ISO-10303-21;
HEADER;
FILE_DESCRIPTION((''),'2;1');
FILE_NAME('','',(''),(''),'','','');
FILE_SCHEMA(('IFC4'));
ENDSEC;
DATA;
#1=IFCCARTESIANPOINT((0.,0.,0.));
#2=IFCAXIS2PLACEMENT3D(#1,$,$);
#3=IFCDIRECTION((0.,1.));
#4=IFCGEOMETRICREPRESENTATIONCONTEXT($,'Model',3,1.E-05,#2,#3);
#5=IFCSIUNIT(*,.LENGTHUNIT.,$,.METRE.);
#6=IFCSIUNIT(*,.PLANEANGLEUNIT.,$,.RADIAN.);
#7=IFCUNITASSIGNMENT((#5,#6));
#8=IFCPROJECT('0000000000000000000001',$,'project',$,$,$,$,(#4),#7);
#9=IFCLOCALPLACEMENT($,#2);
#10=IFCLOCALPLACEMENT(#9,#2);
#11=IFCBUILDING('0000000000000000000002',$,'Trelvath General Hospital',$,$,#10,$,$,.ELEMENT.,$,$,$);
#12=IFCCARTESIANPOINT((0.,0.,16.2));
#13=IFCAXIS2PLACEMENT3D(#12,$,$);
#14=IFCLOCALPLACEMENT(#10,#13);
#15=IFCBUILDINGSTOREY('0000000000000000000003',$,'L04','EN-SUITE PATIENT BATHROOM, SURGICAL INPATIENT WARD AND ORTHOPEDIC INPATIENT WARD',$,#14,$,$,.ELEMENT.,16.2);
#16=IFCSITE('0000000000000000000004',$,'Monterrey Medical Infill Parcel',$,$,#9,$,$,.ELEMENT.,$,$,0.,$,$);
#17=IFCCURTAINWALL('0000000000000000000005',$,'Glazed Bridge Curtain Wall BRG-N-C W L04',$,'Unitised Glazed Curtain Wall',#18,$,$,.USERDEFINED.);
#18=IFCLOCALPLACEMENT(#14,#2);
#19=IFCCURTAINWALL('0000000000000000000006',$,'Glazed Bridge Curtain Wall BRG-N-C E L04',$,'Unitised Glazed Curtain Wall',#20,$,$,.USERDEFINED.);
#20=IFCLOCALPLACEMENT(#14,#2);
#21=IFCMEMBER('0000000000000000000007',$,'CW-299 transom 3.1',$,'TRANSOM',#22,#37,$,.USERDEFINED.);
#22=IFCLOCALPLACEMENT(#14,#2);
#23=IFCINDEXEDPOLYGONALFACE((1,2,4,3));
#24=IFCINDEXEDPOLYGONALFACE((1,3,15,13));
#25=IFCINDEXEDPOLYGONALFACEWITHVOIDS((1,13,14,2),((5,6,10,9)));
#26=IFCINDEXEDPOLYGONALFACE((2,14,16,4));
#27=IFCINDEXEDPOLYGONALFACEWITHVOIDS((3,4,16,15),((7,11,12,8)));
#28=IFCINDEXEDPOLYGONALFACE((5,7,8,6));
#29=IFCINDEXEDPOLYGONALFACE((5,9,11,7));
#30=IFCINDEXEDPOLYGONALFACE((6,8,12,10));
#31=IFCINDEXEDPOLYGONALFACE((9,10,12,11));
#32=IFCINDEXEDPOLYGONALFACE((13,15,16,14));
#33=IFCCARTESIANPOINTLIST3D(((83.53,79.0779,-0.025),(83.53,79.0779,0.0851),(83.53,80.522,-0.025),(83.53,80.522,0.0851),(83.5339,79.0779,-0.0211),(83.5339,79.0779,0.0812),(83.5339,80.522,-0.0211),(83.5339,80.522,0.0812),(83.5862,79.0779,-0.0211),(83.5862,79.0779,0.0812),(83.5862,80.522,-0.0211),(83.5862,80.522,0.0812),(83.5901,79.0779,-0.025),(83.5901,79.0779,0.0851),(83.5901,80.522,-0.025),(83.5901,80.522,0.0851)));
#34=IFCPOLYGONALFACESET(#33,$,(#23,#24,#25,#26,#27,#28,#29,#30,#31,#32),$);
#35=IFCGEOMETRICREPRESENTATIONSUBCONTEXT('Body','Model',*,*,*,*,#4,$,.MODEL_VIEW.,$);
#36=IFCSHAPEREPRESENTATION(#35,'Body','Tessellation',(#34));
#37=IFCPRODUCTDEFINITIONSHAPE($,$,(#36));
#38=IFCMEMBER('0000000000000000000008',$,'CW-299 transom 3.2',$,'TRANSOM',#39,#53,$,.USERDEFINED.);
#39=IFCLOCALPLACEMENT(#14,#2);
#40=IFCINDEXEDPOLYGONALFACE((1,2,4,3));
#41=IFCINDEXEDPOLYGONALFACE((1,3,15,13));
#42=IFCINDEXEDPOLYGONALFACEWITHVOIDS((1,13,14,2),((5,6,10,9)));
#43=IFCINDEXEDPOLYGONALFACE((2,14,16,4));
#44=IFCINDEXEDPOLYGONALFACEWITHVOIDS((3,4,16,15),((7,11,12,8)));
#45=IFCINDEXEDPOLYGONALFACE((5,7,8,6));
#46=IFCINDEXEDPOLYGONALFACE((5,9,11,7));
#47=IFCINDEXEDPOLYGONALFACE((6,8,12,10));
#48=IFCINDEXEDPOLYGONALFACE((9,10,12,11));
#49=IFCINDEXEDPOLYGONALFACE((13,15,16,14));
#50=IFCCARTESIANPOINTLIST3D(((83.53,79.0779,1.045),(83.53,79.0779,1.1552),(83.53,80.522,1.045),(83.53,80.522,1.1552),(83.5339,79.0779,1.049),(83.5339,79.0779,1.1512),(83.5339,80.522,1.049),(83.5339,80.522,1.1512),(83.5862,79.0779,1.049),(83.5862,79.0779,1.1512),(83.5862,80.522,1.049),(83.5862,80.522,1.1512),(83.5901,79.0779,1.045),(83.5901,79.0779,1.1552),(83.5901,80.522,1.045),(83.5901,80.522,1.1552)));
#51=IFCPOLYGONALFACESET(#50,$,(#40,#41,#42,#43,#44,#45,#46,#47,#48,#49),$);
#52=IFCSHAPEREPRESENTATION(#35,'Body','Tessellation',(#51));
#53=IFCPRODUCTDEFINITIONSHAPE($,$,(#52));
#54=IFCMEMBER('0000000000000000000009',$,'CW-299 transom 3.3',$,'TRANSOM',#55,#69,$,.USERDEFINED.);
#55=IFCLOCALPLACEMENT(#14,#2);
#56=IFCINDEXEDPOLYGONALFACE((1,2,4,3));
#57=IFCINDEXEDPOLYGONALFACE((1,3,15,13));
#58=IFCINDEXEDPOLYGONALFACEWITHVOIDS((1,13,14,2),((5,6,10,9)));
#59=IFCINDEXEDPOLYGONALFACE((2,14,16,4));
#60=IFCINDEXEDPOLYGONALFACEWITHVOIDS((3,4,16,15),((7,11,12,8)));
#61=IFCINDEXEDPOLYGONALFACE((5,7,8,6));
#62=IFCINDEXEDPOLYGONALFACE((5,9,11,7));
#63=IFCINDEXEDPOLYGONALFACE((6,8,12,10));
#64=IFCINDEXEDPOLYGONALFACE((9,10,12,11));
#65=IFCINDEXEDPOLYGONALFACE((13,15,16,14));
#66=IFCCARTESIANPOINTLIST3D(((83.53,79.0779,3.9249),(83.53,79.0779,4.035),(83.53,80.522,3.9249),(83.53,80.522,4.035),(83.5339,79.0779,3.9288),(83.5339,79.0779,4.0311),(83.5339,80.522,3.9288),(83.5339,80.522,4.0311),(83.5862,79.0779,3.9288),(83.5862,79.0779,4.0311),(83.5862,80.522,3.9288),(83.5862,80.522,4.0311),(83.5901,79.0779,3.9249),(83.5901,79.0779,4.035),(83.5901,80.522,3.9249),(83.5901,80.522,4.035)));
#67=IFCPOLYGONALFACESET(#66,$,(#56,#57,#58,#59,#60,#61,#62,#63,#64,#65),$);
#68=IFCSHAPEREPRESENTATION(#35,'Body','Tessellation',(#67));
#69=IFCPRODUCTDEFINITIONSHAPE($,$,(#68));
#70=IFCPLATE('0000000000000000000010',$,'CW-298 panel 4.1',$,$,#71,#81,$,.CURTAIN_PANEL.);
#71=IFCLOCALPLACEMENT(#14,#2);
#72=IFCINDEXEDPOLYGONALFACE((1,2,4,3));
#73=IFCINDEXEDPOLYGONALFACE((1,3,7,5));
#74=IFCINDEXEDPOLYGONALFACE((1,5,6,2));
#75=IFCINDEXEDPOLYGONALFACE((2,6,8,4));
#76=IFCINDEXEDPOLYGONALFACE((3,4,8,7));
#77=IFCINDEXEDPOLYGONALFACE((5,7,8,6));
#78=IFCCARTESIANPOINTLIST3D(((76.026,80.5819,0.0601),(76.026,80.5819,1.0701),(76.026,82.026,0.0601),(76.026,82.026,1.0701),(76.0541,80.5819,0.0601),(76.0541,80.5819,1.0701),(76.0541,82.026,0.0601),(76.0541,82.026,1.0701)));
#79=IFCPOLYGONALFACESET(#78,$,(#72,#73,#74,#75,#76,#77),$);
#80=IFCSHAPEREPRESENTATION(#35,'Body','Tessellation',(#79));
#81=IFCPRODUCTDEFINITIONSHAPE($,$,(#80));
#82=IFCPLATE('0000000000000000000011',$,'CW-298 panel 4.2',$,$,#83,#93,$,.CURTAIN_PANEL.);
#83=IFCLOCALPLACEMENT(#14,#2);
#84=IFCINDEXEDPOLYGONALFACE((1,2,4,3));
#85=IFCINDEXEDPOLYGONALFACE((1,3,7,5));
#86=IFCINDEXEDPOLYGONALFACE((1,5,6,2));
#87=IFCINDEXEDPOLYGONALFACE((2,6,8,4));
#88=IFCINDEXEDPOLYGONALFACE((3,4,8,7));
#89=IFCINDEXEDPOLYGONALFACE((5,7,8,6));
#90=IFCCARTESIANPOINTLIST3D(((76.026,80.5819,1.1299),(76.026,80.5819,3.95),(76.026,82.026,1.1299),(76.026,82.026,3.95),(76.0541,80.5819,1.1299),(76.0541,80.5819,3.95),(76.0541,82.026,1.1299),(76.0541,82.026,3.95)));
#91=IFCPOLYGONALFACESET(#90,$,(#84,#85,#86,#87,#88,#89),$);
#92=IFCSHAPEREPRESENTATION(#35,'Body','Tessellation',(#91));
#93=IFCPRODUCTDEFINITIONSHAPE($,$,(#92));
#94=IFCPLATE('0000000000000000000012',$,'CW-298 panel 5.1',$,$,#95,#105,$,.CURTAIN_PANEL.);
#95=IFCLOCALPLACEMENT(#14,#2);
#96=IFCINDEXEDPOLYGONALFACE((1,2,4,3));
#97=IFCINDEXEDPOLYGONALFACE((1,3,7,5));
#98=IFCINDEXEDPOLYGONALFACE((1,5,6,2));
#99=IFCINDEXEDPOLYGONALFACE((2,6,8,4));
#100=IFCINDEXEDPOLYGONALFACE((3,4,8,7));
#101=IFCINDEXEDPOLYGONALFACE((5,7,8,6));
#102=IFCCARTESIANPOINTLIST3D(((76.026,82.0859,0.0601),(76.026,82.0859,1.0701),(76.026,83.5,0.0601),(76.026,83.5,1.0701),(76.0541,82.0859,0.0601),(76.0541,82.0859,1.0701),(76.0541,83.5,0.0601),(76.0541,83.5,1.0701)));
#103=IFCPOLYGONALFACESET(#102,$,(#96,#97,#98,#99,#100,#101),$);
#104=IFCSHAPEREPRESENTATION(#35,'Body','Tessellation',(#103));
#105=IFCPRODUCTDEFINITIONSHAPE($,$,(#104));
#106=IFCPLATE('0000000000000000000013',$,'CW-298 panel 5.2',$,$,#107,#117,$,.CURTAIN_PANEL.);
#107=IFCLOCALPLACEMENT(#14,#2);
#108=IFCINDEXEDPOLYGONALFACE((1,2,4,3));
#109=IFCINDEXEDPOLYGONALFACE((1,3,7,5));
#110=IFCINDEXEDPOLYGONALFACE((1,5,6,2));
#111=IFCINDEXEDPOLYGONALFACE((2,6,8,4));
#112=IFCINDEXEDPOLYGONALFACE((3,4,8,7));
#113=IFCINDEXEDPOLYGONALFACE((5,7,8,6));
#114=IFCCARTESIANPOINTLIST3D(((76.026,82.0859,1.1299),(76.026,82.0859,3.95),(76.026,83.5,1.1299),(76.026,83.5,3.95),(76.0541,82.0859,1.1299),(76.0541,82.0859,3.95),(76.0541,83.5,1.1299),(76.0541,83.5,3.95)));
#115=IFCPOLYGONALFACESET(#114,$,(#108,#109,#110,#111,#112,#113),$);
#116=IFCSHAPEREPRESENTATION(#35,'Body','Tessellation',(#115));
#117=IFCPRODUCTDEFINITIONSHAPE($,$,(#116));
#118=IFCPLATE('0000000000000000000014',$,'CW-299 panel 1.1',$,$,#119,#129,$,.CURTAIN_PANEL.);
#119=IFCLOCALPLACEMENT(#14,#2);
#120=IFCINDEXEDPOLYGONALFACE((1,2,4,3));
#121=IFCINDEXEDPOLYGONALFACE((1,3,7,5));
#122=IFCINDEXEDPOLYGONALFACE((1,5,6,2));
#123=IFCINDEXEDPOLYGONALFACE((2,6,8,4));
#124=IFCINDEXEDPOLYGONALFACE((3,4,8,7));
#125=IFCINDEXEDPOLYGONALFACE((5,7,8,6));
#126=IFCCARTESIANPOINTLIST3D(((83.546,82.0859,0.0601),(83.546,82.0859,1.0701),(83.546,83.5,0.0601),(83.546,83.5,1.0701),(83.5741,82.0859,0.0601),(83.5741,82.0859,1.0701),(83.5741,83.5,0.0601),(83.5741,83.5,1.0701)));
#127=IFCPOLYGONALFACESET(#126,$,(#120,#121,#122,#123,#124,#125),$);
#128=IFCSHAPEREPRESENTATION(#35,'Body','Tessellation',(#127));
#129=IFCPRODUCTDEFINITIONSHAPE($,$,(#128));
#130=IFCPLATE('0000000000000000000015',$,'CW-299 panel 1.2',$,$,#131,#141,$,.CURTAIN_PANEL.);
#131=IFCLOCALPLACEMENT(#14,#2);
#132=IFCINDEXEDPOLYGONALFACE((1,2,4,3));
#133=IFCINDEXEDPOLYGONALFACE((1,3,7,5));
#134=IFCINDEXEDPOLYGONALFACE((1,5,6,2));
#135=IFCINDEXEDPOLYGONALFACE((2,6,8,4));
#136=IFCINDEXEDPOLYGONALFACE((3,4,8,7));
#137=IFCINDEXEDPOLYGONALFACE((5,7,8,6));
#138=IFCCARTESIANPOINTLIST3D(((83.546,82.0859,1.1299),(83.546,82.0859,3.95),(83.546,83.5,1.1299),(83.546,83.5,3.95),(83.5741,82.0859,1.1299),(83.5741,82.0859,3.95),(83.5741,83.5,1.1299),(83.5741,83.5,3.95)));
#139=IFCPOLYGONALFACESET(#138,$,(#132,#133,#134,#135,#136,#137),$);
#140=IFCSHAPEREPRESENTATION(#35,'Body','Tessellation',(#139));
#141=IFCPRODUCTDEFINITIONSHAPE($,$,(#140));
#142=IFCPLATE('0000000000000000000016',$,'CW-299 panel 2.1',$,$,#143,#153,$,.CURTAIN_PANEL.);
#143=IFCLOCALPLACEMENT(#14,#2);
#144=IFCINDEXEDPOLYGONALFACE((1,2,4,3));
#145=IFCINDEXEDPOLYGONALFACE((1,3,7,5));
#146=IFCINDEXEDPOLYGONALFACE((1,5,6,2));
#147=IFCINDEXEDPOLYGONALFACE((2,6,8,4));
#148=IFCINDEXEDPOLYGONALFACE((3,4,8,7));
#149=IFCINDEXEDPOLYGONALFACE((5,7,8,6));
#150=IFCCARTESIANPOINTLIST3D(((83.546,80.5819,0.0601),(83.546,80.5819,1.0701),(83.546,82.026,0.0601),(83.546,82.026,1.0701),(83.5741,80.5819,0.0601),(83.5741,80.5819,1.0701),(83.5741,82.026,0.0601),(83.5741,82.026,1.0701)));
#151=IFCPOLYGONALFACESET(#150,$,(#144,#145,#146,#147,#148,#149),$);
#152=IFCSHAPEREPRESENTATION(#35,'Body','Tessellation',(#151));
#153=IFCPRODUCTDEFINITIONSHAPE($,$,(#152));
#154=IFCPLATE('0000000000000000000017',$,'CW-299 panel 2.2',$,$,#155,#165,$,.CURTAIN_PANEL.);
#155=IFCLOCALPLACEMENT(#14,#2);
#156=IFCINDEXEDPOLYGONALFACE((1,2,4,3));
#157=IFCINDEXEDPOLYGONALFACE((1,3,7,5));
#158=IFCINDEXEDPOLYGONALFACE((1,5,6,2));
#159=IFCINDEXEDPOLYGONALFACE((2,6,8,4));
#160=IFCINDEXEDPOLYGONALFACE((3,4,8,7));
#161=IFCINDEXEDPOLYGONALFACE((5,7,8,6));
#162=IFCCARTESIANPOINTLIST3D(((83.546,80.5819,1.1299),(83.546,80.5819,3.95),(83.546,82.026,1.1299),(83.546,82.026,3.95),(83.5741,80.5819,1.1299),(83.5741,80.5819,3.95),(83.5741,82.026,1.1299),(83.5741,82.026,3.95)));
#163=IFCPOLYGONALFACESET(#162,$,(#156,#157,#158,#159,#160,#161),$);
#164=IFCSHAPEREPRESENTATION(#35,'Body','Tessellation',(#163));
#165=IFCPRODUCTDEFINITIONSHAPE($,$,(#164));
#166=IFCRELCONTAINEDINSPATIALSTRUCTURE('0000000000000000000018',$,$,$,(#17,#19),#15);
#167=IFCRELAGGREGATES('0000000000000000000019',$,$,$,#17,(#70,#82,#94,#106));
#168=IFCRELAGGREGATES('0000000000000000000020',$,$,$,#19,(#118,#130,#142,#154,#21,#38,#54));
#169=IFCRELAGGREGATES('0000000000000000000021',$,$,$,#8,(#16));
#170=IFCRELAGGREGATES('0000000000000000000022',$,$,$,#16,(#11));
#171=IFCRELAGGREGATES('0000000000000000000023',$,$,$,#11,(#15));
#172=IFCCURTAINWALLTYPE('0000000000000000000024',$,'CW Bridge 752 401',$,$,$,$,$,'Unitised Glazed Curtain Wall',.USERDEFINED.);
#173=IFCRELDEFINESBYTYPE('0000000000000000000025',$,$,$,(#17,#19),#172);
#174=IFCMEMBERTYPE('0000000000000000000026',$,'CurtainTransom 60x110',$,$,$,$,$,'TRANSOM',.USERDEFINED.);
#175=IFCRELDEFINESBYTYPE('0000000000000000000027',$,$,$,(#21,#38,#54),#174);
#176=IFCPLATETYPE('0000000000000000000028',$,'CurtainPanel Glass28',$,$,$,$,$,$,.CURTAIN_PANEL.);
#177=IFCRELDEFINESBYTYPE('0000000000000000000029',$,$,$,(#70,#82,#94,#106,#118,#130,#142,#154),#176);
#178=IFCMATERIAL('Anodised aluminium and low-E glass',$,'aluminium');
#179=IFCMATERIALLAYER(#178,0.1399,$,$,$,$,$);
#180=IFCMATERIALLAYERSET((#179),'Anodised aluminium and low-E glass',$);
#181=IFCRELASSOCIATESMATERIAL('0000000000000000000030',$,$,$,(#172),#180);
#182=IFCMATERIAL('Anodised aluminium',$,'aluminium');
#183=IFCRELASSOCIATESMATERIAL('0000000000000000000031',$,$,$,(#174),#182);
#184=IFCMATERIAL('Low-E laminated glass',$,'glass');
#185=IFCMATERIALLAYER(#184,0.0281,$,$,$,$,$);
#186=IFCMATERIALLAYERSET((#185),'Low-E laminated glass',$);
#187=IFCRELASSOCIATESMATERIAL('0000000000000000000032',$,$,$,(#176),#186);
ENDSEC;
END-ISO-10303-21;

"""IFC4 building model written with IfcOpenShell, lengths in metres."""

from ifc_helpers import new_model, si_unit, direction, frame, origin, origin_2d, place, context, subcontext, project, spatial, rectangle, hollow_rectangle, extrude, material, layer, layer_set, material_profile, profile_set, type_object, element, aggregate, save


model = new_model("IFC4")

# Units and contexts
model_context = context("Model", 3, precision=1e-05, world=origin(), true_north=direction((0.0, 1.0)))
body_context = subcontext(model_context, "Body", "Model", "MODEL_VIEW")
ifc_project = project(units=[si_unit("LENGTHUNIT", "METRE"), si_unit("PLANEANGLEUNIT", "RADIAN")], contexts=[model_context])

# Site, building, storey
site_placement = place(None, origin())
site = spatial("IfcSite", under=ifc_project, at=site_placement, Name="Monterrey Medical Infill Parcel", CompositionType="ELEMENT", RefElevation=0.0)
building_placement = place(site_placement, origin())
building = spatial("IfcBuilding", under=site, at=building_placement, Name="Trelvath General Hospital", CompositionType="ELEMENT")
storey_placement = place(building_placement, frame((0.0, 0.0, 16.2)))
storey = spatial("IfcBuildingStorey", under=building, at=storey_placement, Name="L04", Description="EN-SUITE PATIENT BATHROOM, SURGICAL INPATIENT WARD AND ORTHOPEDIC INPATIENT WARD", CompositionType="ELEMENT", Elevation=16.2)

# Curtain wall
ifc_material_1 = material(Name="Anodised aluminium and low-E glass", Category="aluminium")
ifc_layer_1 = layer(ifc_material_1, 0.1399)
ifc_layer_set_1 = layer_set([ifc_layer_1], Name="Anodised aluminium and low-E glass")
curtain_wall_type = type_object("IfcCurtainWallType", Name="CW Bridge 752 401", ElementType="Unitised Glazed Curtain Wall", PredefinedType="USERDEFINED", material=ifc_layer_set_1)
curtain_wall_1_placement = place(storey_placement, origin())
curtain_wall_1 = element("IfcCurtainWall", 1, at=curtain_wall_1_placement, inside=storey, type_object=curtain_wall_type, Name="Glazed Bridge Curtain Wall BRG-N-C W L04", ObjectType="Unitised Glazed Curtain Wall", PredefinedType="USERDEFINED")

# Curtain wall
curtain_wall_2_placement = place(storey_placement, origin())
curtain_wall_2 = element("IfcCurtainWall", 2, at=curtain_wall_2_placement, inside=storey, type_object=curtain_wall_type, Name="Glazed Bridge Curtain Wall BRG-N-C E L04", ObjectType="Unitised Glazed Curtain Wall", PredefinedType="USERDEFINED")

# Members
ifc_material_2 = material(Name="Anodised aluminium", Category="aluminium")
ifc_material_profile_1 = material_profile(ifc_material_2, hollow_rectangle(XDim=0.0601, YDim=0.1101, WallThickness=0.0039, at=origin_2d()), Name="RHS60x110x4")
ifc_profile_set_1 = profile_set([ifc_material_profile_1], Name="Anodised aluminium")
member_type_1 = type_object("IfcMemberType", Name="CurtainTransom 60x110", ElementType="TRANSOM", PredefinedType="USERDEFINED", material=ifc_profile_set_1)
member_1_placement = place(storey_placement, frame((83.5601, 80.522, 0.03), z_axis=(0.0, -1.0, 0.0), x_axis=(1.0, 0.0, 0.0)))
member_1 = element("IfcMember", 3, at=member_1_placement, type_object=member_type_1, Name="CW-299 transom 3.1", ObjectType="TRANSOM", PredefinedType="USERDEFINED", context=body_context, shape_type="SweptSolid", body=[
    extrude(hollow_rectangle(XDim=0.0601, YDim=0.1101, WallThickness=0.0039, at=origin_2d()), origin(), (0.0, 0.0, 1.0), 1.4441),
])
member_2_placement = place(storey_placement, frame((83.5601, 80.522, 1.1001), z_axis=(0.0, -1.0, 0.0), x_axis=(1.0, 0.0, 0.0)))
member_2 = element("IfcMember", 4, at=member_2_placement, type_object=member_type_1, Name="CW-299 transom 3.2", ObjectType="TRANSOM", PredefinedType="USERDEFINED", context=body_context, shape_type="SweptSolid", body=[
    extrude(hollow_rectangle(XDim=0.0601, YDim=0.1101, WallThickness=0.0039, at=origin_2d()), origin(), (0.0, 0.0, 1.0), 1.4441),
])
member_3_placement = place(storey_placement, frame((83.5601, 80.522, 3.98), z_axis=(0.0, -1.0, 0.0), x_axis=(1.0, 0.0, 0.0)))
member_3 = element("IfcMember", 5, at=member_3_placement, type_object=member_type_1, Name="CW-299 transom 3.3", ObjectType="TRANSOM", PredefinedType="USERDEFINED", context=body_context, shape_type="SweptSolid", body=[
    extrude(hollow_rectangle(XDim=0.0601, YDim=0.1101, WallThickness=0.0039, at=origin_2d()), origin(), (0.0, 0.0, 1.0), 1.4441),
])

# Plates
ifc_material_3 = material(Name="Low-E laminated glass", Category="glass")
ifc_layer_2 = layer(ifc_material_3, 0.0281)
ifc_layer_set_2 = layer_set([ifc_layer_2], Name="Low-E laminated glass")
plate_type = type_object("IfcPlateType", Name="CurtainPanel Glass28", PredefinedType="CURTAIN_PANEL", material=ifc_layer_set_2)
plate_1_placement = place(storey_placement, frame((76.04, 81.304, 0.0601), z_axis=(0.0, 0.0, 1.0), x_axis=(0.0, 1.0, 0.0)))
plate_1 = element("IfcPlate", 6, at=plate_1_placement, type_object=plate_type, Name="CW-298 panel 4.1", PredefinedType="CURTAIN_PANEL", context=body_context, shape_type="SweptSolid", body=[
    extrude(rectangle(XDim=1.4441, YDim=0.0281, at=origin_2d()), origin(), (0.0, 0.0, 1.0), 1.01),
])
plate_2_placement = place(storey_placement, frame((76.04, 81.304, 1.1299), z_axis=(0.0, 0.0, 1.0), x_axis=(0.0, 1.0, 0.0)))
plate_2 = element("IfcPlate", 7, at=plate_2_placement, type_object=plate_type, Name="CW-298 panel 4.2", PredefinedType="CURTAIN_PANEL", context=body_context, shape_type="SweptSolid", body=[
    extrude(rectangle(XDim=1.4441, YDim=0.0281, at=origin_2d()), origin(), (0.0, 0.0, 1.0), 2.8201),
])
plate_3_placement = place(storey_placement, frame((76.04, 82.793, 0.0601), z_axis=(0.0, 0.0, 1.0), x_axis=(0.0, 1.0, 0.0)))
plate_3 = element("IfcPlate", 8, at=plate_3_placement, type_object=plate_type, Name="CW-298 panel 5.1", PredefinedType="CURTAIN_PANEL", context=body_context, shape_type="SweptSolid", body=[
    extrude(rectangle(XDim=1.4141, YDim=0.0281, at=origin_2d()), origin(), (0.0, 0.0, 1.0), 1.01),
])
plate_4_placement = place(storey_placement, frame((76.04, 82.793, 1.1299), z_axis=(0.0, 0.0, 1.0), x_axis=(0.0, 1.0, 0.0)))
plate_4 = element("IfcPlate", 9, at=plate_4_placement, type_object=plate_type, Name="CW-298 panel 5.2", PredefinedType="CURTAIN_PANEL", context=body_context, shape_type="SweptSolid", body=[
    extrude(rectangle(XDim=1.4141, YDim=0.0281, at=origin_2d()), origin(), (0.0, 0.0, 1.0), 2.8201),
])
aggregate(curtain_wall_1, [plate_1, plate_2, plate_3, plate_4])
plate_5_placement = place(storey_placement, frame((83.5601, 82.793, 0.0601), z_axis=(0.0, 0.0, 1.0), x_axis=(0.0, -1.0, 0.0)))
plate_5 = element("IfcPlate", 10, at=plate_5_placement, type_object=plate_type, Name="CW-299 panel 1.1", PredefinedType="CURTAIN_PANEL", context=body_context, shape_type="SweptSolid", body=[
    extrude(rectangle(XDim=1.4141, YDim=0.0281, at=origin_2d()), origin(), (0.0, 0.0, 1.0), 1.01),
])
plate_6_placement = place(storey_placement, frame((83.5601, 82.793, 1.1299), z_axis=(0.0, 0.0, 1.0), x_axis=(0.0, -1.0, 0.0)))
plate_6 = element("IfcPlate", 11, at=plate_6_placement, type_object=plate_type, Name="CW-299 panel 1.2", PredefinedType="CURTAIN_PANEL", context=body_context, shape_type="SweptSolid", body=[
    extrude(rectangle(XDim=1.4141, YDim=0.0281, at=origin_2d()), origin(), (0.0, 0.0, 1.0), 2.8201),
])
plate_7_placement = place(storey_placement, frame((83.5601, 81.304, 0.0601), z_axis=(0.0, 0.0, 1.0), x_axis=(0.0, -1.0, 0.0)))
plate_7 = element("IfcPlate", 12, at=plate_7_placement, type_object=plate_type, Name="CW-299 panel 2.1", PredefinedType="CURTAIN_PANEL", context=body_context, shape_type="SweptSolid", body=[
    extrude(rectangle(XDim=1.4441, YDim=0.0281, at=origin_2d()), origin(), (0.0, 0.0, 1.0), 1.01),
])
plate_8_placement = place(storey_placement, frame((83.5601, 81.304, 1.1299), z_axis=(0.0, 0.0, 1.0), x_axis=(0.0, -1.0, 0.0)))
plate_8 = element("IfcPlate", 13, at=plate_8_placement, type_object=plate_type, Name="CW-299 panel 2.2", PredefinedType="CURTAIN_PANEL", context=body_context, shape_type="SweptSolid", body=[
    extrude(rectangle(XDim=1.4441, YDim=0.0281, at=origin_2d()), origin(), (0.0, 0.0, 1.0), 2.8201),
])
aggregate(curtain_wall_2, [plate_5, plate_6, plate_7, plate_8, member_1, member_2, member_3])

save(model, "model.ifc")
